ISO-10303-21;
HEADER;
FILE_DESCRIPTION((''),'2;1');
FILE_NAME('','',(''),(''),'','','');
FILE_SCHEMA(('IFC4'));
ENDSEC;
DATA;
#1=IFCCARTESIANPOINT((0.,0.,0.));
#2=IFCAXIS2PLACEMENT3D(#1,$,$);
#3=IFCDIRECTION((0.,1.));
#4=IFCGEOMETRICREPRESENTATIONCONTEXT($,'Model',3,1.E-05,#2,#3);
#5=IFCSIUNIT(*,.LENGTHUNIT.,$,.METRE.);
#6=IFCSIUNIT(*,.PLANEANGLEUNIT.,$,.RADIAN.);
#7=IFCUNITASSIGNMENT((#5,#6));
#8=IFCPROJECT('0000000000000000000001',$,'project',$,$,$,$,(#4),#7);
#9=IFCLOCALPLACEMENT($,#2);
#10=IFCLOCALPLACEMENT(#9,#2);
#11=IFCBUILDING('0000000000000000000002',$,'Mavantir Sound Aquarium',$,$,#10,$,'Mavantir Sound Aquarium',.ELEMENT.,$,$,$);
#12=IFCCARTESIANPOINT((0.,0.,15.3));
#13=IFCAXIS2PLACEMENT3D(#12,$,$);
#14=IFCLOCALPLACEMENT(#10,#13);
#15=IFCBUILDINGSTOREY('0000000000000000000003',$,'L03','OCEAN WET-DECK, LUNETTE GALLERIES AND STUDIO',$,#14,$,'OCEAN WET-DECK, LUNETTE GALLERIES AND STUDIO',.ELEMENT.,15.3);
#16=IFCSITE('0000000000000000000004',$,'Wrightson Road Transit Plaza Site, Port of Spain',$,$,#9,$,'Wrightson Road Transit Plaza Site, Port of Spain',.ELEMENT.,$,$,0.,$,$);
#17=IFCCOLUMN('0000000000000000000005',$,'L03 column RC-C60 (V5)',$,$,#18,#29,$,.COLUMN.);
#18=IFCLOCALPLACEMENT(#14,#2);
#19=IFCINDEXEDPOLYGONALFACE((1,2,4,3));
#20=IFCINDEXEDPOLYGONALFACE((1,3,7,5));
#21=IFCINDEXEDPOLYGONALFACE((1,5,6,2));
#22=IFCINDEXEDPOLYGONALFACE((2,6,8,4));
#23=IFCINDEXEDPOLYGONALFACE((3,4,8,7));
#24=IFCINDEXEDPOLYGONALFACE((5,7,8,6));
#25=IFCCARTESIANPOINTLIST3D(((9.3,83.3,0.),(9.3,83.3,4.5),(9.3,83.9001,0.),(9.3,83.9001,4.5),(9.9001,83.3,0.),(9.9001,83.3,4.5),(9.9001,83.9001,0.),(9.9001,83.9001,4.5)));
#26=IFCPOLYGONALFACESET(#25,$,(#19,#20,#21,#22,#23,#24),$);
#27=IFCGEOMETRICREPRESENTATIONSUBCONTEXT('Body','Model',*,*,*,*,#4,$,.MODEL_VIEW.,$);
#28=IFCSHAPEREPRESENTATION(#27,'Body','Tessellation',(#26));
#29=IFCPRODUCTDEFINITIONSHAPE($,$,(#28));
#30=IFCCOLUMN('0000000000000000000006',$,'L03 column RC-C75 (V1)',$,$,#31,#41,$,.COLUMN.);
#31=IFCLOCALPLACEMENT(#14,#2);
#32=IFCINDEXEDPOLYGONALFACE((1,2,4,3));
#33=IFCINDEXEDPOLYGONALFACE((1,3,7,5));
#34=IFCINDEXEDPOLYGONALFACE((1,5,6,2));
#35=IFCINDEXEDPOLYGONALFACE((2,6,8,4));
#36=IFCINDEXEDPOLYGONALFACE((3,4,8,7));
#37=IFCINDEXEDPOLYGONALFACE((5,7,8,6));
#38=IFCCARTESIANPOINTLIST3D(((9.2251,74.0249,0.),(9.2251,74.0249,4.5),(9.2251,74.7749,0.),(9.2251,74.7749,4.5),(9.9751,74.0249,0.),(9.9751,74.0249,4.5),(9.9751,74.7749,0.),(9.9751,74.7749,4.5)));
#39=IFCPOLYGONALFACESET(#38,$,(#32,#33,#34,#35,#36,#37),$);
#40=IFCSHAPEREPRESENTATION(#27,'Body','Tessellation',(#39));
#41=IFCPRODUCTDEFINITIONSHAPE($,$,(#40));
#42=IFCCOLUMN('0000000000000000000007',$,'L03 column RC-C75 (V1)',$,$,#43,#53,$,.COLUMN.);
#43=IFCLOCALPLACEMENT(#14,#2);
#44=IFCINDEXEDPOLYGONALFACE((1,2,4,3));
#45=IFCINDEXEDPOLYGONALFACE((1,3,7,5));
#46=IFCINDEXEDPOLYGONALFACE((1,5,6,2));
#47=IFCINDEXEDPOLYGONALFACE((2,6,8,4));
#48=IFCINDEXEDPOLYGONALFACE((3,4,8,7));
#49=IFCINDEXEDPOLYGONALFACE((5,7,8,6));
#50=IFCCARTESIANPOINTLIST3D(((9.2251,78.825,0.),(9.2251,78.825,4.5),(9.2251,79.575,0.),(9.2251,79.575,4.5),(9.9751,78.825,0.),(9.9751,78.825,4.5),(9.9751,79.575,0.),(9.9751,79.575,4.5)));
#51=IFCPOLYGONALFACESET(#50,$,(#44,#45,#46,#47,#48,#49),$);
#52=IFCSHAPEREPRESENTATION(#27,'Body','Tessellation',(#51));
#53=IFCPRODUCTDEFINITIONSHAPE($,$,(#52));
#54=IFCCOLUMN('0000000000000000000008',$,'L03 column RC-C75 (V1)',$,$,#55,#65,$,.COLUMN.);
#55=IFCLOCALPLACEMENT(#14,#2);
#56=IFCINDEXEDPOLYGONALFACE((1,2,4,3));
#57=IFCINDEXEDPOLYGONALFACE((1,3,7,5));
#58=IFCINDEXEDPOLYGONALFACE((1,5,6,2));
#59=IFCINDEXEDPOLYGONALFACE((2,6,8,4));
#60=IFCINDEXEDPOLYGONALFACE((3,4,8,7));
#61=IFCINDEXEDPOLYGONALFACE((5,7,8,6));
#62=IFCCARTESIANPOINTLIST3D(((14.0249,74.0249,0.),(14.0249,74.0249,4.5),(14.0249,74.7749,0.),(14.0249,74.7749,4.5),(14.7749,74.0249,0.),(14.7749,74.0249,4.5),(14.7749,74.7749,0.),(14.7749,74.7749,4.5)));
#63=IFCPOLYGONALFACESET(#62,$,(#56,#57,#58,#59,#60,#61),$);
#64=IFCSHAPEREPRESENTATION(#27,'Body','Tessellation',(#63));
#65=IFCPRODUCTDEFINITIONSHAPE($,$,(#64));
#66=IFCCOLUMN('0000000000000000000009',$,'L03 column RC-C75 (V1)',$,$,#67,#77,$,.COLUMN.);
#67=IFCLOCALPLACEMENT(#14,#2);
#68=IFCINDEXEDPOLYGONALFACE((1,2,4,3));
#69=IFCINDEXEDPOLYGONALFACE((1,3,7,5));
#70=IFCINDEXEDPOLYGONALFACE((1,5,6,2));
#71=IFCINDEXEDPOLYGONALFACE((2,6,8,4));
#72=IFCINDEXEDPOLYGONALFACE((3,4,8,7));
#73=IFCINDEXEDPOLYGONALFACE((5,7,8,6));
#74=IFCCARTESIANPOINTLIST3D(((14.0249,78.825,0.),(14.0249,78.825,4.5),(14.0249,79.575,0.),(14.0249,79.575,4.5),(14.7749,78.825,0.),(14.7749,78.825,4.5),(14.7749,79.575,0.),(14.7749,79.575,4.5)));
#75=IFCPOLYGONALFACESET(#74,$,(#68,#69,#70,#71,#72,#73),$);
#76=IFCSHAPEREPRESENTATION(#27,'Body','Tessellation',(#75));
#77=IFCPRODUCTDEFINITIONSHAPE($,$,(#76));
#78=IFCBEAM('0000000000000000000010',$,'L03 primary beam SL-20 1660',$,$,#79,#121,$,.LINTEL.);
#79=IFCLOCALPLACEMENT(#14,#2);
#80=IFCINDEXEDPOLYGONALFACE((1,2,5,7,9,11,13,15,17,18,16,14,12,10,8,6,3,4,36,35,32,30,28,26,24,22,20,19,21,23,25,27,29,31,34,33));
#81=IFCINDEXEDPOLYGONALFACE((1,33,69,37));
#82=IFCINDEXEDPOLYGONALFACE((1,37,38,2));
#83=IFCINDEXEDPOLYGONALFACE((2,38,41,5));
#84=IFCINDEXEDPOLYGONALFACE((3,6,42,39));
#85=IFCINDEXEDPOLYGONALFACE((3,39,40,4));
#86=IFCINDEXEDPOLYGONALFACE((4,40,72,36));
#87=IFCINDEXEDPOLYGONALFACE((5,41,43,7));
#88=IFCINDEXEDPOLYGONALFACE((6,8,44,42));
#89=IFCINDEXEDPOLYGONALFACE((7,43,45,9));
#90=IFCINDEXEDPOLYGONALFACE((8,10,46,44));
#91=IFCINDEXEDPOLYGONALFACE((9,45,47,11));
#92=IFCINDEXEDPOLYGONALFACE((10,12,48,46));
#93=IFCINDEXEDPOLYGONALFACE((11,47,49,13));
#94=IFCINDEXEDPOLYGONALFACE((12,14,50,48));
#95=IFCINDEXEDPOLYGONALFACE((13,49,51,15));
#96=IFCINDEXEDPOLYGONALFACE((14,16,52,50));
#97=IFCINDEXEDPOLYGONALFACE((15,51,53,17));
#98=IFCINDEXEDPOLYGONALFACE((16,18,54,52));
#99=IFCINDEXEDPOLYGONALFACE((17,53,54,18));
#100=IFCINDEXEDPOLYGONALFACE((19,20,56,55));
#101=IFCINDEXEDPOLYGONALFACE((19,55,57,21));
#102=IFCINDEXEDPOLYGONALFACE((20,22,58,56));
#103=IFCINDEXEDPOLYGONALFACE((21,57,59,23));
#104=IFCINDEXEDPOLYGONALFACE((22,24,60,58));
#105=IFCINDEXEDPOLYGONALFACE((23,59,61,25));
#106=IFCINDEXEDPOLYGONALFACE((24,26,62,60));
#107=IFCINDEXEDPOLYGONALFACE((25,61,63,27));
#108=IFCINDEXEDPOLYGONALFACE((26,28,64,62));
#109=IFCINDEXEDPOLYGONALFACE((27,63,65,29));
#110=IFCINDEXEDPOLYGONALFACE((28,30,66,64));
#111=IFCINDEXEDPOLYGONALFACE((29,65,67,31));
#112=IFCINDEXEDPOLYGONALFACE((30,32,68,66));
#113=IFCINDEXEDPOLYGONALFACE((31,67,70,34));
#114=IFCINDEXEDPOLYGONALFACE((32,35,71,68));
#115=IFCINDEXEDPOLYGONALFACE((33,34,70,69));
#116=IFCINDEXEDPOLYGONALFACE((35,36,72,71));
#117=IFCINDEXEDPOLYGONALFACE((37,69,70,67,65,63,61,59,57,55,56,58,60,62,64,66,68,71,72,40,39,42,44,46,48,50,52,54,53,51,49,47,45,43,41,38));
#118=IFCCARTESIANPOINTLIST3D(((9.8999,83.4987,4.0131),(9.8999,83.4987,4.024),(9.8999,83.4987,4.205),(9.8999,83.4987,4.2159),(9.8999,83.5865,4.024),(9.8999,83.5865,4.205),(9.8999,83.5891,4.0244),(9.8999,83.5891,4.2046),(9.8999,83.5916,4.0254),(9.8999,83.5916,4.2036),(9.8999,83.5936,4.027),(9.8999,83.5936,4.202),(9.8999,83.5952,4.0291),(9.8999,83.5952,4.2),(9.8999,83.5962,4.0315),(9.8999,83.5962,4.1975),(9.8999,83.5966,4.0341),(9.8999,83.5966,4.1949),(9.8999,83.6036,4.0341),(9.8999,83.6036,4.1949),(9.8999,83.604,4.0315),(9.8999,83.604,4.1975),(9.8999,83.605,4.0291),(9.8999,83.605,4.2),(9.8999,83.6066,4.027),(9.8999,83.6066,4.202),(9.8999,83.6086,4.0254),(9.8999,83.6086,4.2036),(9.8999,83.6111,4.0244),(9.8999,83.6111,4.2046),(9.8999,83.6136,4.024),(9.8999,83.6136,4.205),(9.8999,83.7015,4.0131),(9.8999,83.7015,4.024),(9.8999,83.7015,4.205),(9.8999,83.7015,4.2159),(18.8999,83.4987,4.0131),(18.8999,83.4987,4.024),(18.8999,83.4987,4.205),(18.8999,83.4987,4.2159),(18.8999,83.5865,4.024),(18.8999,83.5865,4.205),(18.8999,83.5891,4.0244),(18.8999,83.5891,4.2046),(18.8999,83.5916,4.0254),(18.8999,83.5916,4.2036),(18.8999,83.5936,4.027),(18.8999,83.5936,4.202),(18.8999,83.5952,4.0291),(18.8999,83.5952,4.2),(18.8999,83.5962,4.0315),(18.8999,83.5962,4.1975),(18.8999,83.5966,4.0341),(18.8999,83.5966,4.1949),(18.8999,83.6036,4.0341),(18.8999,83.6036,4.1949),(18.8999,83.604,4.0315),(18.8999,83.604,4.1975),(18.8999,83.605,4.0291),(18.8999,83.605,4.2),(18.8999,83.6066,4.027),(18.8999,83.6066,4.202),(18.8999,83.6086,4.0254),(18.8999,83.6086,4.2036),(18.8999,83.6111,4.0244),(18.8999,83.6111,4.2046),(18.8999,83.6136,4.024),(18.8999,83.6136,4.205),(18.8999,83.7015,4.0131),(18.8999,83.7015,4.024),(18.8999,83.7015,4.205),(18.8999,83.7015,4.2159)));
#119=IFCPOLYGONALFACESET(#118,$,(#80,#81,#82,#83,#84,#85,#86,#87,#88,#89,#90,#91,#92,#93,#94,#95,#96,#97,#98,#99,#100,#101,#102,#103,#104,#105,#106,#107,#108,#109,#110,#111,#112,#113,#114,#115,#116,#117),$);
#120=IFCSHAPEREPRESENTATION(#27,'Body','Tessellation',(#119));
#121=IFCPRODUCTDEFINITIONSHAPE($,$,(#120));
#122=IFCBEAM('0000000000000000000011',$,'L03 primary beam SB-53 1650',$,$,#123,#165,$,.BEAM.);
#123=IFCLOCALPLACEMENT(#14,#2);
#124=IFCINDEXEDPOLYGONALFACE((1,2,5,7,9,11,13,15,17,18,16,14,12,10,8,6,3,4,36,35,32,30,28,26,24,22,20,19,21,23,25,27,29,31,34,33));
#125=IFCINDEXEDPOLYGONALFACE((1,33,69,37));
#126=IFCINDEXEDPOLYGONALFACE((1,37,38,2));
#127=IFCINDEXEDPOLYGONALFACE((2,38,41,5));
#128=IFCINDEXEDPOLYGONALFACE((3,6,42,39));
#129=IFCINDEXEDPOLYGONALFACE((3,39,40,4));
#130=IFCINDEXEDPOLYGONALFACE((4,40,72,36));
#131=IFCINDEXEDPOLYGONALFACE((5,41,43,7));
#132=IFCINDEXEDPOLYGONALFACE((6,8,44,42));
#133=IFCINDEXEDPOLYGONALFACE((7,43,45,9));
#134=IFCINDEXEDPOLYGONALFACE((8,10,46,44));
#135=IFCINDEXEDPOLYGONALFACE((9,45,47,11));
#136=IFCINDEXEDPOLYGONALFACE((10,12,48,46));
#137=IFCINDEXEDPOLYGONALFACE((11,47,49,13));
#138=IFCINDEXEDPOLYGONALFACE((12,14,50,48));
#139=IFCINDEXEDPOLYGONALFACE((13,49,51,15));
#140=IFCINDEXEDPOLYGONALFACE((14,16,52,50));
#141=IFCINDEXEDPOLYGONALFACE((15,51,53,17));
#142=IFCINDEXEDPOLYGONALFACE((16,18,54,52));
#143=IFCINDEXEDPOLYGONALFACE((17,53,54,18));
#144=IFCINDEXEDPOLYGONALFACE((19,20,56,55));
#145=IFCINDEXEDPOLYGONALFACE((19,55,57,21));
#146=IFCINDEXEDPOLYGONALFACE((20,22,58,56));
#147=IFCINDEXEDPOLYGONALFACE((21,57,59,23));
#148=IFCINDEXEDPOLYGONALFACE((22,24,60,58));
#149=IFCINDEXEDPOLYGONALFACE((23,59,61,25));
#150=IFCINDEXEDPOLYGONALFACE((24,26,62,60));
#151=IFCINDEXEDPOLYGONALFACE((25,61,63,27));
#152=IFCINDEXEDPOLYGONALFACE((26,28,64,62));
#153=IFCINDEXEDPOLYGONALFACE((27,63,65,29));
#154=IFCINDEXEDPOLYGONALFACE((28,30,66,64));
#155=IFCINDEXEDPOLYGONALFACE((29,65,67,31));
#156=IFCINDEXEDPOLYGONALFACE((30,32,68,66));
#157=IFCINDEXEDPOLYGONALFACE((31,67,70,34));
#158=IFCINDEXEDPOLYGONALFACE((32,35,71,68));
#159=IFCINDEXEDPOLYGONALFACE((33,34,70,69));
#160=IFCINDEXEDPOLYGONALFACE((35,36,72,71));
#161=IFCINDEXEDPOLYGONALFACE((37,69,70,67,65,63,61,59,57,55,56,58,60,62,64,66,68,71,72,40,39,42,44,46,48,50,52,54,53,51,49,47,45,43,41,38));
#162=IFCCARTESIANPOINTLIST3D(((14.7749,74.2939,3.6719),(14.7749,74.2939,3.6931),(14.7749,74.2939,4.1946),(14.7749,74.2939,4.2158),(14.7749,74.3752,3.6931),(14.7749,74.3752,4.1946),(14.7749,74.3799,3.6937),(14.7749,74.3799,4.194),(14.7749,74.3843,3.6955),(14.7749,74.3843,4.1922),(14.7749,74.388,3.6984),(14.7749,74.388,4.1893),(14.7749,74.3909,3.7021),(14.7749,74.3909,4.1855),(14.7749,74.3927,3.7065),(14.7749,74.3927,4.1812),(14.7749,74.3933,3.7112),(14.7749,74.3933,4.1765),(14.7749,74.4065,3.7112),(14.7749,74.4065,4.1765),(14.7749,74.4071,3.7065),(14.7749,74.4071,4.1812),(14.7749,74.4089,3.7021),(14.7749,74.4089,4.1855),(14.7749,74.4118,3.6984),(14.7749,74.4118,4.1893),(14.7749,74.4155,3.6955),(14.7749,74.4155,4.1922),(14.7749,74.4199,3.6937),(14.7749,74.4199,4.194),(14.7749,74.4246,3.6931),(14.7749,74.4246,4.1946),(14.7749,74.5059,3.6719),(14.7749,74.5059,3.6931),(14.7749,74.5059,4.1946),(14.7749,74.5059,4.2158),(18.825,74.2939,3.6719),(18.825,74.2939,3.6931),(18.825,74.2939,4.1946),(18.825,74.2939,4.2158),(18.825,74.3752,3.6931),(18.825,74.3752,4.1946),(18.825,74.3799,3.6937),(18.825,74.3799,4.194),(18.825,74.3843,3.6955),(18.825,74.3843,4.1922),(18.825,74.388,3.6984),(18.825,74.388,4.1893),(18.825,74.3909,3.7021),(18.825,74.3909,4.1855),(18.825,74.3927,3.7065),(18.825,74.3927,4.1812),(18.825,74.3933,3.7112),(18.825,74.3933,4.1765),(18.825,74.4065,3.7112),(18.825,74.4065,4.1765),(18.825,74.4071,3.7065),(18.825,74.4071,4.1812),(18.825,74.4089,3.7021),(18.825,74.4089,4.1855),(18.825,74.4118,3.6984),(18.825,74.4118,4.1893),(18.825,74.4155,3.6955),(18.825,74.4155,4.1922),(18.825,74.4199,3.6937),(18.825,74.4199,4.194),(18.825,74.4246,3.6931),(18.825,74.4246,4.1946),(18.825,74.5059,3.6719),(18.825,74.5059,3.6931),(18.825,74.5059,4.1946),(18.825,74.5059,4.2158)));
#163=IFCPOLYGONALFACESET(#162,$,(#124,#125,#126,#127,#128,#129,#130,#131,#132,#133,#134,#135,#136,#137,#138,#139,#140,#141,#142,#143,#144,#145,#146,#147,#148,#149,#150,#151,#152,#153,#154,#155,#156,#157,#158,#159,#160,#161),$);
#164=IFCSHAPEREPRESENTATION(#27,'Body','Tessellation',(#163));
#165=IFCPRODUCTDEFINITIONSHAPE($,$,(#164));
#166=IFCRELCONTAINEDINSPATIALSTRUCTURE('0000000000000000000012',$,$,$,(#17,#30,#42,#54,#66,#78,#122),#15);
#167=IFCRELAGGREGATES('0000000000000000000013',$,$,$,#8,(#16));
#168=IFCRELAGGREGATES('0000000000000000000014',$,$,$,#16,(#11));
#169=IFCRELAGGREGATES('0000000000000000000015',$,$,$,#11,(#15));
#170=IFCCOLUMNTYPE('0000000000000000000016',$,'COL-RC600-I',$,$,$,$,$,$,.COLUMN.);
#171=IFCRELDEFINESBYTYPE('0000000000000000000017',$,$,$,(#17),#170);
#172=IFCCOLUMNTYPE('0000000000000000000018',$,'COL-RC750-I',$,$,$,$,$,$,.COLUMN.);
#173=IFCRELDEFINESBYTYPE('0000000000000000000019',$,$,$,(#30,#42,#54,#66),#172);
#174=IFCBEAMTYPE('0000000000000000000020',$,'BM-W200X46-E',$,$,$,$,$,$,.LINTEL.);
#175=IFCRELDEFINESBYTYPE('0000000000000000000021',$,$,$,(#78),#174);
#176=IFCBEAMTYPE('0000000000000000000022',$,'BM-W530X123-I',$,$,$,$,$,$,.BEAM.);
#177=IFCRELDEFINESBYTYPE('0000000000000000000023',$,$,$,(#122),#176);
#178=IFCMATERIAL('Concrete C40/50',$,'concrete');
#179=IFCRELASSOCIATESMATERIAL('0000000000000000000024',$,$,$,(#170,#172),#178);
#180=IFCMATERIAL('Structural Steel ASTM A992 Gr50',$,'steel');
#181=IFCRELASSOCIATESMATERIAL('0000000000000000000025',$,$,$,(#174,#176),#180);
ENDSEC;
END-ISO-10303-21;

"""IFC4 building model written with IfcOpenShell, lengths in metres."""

from ifc_helpers import new_model, si_unit, direction, frame, origin, origin_2d, place, context, subcontext, project, spatial, rectangle, i_section, extrude, material, material_profile, profile_set, type_object, element, save


model = new_model("IFC4")

# Units and contexts
model_context = context("Model", 3, precision=1e-05, world=origin(), true_north=direction((0.0, 1.0)))
body_context = subcontext(model_context, "Body", "Model", "MODEL_VIEW")
ifc_project = project(units=[si_unit("LENGTHUNIT", "METRE"), si_unit("PLANEANGLEUNIT", "RADIAN")], contexts=[model_context])

# Site, building, storey
site_placement = place(None, origin())
site = spatial("IfcSite", under=ifc_project, at=site_placement, Name="Wrightson Road Transit Plaza Site, Port of Spain", LongName="Wrightson Road Transit Plaza Site, Port of Spain", CompositionType="ELEMENT", RefElevation=0.0)
building_placement = place(site_placement, origin())
building = spatial("IfcBuilding", under=site, at=building_placement, Name="Mavantir Sound Aquarium", LongName="Mavantir Sound Aquarium", CompositionType="ELEMENT")
storey_placement = place(building_placement, frame((0.0, 0.0, 15.3)))
storey = spatial("IfcBuildingStorey", under=building, at=storey_placement, Name="L03", Description="OCEAN WET-DECK, LUNETTE GALLERIES AND STUDIO", LongName="OCEAN WET-DECK, LUNETTE GALLERIES AND STUDIO", CompositionType="ELEMENT", Elevation=15.3)

# Columns
ifc_material_1 = material(Name="Concrete C40/50", Category="concrete")
ifc_material_profile_1 = material_profile(ifc_material_1, rectangle(XDim=0.6001, YDim=0.6001, at=origin_2d()), Name="RC 600X600")
ifc_profile_set_1 = profile_set([ifc_material_profile_1], Name="Concrete C40/50")
column_type_1 = type_object("IfcColumnType", Name="COL-RC600-I", PredefinedType="COLUMN", material=ifc_profile_set_1)
column_placement = place(storey_placement, frame((9.6001, 83.6001, 0.0), z_axis=(0.0, 0.0, 1.0), x_axis=(1.0, 0.0, 0.0)))
element("IfcColumn", 1, at=column_placement, inside=storey, type_object=column_type_1, Name="L03 column RC-C60 (V5)", PredefinedType="COLUMN", context=body_context, shape_type="SweptSolid", body=[
    extrude(rectangle(XDim=0.6001, YDim=0.6001, at=origin_2d()), origin(), (0.0, 0.0, 1.0), 4.5),
])
ifc_material_profile_2 = material_profile(ifc_material_1, rectangle(XDim=0.75, YDim=0.75, at=origin_2d()), Name="RC 750X750")
ifc_profile_set_2 = profile_set([ifc_material_profile_2], Name="Concrete C40/50")
column_type_2 = type_object("IfcColumnType", Name="COL-RC750-I", PredefinedType="COLUMN", material=ifc_profile_set_2)
for number, where, z_axis, x_axis, name in (
    (2, (9.6001, 74.3999, 0.0), (0.0, 0.0, 1.0), (1.0, 0.0, 0.0), "L03 column RC-C75 (V1)"),
    (3, (9.6001, 79.2, 0.0), (0.0, 0.0, 1.0), (1.0, 0.0, 0.0), "L03 column RC-C75 (V1)"),
    (4, (14.3999, 74.3999, 0.0), (0.0, 0.0, 1.0), (1.0, 0.0, 0.0), "L03 column RC-C75 (V1)"),
    (5, (14.3999, 79.2, 0.0), (0.0, 0.0, 1.0), (1.0, 0.0, 0.0), "L03 column RC-C75 (V1)"),
):
    element("IfcColumn", number, at=place(storey_placement, frame(where, z_axis=z_axis, x_axis=x_axis)), inside=storey, type_object=column_type_2, Name=name, PredefinedType="COLUMN", context=body_context, shape_type="SweptSolid", body=[
        extrude(rectangle(XDim=0.75, YDim=0.75, at=origin_2d()), origin(), (0.0, 0.0, 1.0), 4.5),
    ])

# Beams
ifc_material_2 = material(Name="Structural Steel ASTM A992 Gr50", Category="steel")
ifc_material_profile_3 = material_profile(ifc_material_2, i_section(OverallWidth=0.2029, OverallDepth=0.2029, WebThickness=0.0071, FlangeThickness=0.011, FilletRadius=0.01, at=origin_2d()), Name="W200X46")
ifc_profile_set_3 = profile_set([ifc_material_profile_3], Name="Structural Steel ASTM A992 Gr50")
beam_type_1 = type_object("IfcBeamType", Name="BM-W200X46-E", PredefinedType="LINTEL", material=ifc_profile_set_3)
beam_1_placement = place(storey_placement, frame((9.8999, 83.6001, 4.1145), z_axis=(1.0, 0.0, 0.0), x_axis=(0.0, 1.0, 0.0)))
element("IfcBeam", 6, at=beam_1_placement, inside=storey, type_object=beam_type_1, Name="L03 primary beam SL-20 1660", PredefinedType="LINTEL", context=body_context, shape_type="SweptSolid", body=[
    extrude(i_section(OverallWidth=0.2029, OverallDepth=0.2029, WebThickness=0.0071, FlangeThickness=0.011, FilletRadius=0.01, at=origin_2d()), origin(), (0.0, 0.0, 1.0), 9.0),
])
ifc_material_profile_4 = material_profile(ifc_material_2, i_section(OverallWidth=0.2119, OverallDepth=0.5439, WebThickness=0.0132, FlangeThickness=0.0212, FilletRadius=0.0181, at=origin_2d()), Name="W530X123")
ifc_profile_set_4 = profile_set([ifc_material_profile_4], Name="Structural Steel ASTM A992 Gr50")
beam_type_2 = type_object("IfcBeamType", Name="BM-W530X123-I", PredefinedType="BEAM", material=ifc_profile_set_4)
beam_2_placement = place(storey_placement, frame((14.7749, 74.3999, 3.9438), z_axis=(1.0, 0.0, 0.0), x_axis=(0.0, 1.0, 0.0)))
element("IfcBeam", 7, at=beam_2_placement, inside=storey, type_object=beam_type_2, Name="L03 primary beam SB-53 1650", PredefinedType="BEAM", context=body_context, shape_type="SweptSolid", body=[
    extrude(i_section(OverallWidth=0.2119, OverallDepth=0.5439, WebThickness=0.0132, FlangeThickness=0.0212, FilletRadius=0.0181, at=origin_2d()), origin(), (0.0, 0.0, 1.0), 4.05),
])

save(model, "model.ifc")
